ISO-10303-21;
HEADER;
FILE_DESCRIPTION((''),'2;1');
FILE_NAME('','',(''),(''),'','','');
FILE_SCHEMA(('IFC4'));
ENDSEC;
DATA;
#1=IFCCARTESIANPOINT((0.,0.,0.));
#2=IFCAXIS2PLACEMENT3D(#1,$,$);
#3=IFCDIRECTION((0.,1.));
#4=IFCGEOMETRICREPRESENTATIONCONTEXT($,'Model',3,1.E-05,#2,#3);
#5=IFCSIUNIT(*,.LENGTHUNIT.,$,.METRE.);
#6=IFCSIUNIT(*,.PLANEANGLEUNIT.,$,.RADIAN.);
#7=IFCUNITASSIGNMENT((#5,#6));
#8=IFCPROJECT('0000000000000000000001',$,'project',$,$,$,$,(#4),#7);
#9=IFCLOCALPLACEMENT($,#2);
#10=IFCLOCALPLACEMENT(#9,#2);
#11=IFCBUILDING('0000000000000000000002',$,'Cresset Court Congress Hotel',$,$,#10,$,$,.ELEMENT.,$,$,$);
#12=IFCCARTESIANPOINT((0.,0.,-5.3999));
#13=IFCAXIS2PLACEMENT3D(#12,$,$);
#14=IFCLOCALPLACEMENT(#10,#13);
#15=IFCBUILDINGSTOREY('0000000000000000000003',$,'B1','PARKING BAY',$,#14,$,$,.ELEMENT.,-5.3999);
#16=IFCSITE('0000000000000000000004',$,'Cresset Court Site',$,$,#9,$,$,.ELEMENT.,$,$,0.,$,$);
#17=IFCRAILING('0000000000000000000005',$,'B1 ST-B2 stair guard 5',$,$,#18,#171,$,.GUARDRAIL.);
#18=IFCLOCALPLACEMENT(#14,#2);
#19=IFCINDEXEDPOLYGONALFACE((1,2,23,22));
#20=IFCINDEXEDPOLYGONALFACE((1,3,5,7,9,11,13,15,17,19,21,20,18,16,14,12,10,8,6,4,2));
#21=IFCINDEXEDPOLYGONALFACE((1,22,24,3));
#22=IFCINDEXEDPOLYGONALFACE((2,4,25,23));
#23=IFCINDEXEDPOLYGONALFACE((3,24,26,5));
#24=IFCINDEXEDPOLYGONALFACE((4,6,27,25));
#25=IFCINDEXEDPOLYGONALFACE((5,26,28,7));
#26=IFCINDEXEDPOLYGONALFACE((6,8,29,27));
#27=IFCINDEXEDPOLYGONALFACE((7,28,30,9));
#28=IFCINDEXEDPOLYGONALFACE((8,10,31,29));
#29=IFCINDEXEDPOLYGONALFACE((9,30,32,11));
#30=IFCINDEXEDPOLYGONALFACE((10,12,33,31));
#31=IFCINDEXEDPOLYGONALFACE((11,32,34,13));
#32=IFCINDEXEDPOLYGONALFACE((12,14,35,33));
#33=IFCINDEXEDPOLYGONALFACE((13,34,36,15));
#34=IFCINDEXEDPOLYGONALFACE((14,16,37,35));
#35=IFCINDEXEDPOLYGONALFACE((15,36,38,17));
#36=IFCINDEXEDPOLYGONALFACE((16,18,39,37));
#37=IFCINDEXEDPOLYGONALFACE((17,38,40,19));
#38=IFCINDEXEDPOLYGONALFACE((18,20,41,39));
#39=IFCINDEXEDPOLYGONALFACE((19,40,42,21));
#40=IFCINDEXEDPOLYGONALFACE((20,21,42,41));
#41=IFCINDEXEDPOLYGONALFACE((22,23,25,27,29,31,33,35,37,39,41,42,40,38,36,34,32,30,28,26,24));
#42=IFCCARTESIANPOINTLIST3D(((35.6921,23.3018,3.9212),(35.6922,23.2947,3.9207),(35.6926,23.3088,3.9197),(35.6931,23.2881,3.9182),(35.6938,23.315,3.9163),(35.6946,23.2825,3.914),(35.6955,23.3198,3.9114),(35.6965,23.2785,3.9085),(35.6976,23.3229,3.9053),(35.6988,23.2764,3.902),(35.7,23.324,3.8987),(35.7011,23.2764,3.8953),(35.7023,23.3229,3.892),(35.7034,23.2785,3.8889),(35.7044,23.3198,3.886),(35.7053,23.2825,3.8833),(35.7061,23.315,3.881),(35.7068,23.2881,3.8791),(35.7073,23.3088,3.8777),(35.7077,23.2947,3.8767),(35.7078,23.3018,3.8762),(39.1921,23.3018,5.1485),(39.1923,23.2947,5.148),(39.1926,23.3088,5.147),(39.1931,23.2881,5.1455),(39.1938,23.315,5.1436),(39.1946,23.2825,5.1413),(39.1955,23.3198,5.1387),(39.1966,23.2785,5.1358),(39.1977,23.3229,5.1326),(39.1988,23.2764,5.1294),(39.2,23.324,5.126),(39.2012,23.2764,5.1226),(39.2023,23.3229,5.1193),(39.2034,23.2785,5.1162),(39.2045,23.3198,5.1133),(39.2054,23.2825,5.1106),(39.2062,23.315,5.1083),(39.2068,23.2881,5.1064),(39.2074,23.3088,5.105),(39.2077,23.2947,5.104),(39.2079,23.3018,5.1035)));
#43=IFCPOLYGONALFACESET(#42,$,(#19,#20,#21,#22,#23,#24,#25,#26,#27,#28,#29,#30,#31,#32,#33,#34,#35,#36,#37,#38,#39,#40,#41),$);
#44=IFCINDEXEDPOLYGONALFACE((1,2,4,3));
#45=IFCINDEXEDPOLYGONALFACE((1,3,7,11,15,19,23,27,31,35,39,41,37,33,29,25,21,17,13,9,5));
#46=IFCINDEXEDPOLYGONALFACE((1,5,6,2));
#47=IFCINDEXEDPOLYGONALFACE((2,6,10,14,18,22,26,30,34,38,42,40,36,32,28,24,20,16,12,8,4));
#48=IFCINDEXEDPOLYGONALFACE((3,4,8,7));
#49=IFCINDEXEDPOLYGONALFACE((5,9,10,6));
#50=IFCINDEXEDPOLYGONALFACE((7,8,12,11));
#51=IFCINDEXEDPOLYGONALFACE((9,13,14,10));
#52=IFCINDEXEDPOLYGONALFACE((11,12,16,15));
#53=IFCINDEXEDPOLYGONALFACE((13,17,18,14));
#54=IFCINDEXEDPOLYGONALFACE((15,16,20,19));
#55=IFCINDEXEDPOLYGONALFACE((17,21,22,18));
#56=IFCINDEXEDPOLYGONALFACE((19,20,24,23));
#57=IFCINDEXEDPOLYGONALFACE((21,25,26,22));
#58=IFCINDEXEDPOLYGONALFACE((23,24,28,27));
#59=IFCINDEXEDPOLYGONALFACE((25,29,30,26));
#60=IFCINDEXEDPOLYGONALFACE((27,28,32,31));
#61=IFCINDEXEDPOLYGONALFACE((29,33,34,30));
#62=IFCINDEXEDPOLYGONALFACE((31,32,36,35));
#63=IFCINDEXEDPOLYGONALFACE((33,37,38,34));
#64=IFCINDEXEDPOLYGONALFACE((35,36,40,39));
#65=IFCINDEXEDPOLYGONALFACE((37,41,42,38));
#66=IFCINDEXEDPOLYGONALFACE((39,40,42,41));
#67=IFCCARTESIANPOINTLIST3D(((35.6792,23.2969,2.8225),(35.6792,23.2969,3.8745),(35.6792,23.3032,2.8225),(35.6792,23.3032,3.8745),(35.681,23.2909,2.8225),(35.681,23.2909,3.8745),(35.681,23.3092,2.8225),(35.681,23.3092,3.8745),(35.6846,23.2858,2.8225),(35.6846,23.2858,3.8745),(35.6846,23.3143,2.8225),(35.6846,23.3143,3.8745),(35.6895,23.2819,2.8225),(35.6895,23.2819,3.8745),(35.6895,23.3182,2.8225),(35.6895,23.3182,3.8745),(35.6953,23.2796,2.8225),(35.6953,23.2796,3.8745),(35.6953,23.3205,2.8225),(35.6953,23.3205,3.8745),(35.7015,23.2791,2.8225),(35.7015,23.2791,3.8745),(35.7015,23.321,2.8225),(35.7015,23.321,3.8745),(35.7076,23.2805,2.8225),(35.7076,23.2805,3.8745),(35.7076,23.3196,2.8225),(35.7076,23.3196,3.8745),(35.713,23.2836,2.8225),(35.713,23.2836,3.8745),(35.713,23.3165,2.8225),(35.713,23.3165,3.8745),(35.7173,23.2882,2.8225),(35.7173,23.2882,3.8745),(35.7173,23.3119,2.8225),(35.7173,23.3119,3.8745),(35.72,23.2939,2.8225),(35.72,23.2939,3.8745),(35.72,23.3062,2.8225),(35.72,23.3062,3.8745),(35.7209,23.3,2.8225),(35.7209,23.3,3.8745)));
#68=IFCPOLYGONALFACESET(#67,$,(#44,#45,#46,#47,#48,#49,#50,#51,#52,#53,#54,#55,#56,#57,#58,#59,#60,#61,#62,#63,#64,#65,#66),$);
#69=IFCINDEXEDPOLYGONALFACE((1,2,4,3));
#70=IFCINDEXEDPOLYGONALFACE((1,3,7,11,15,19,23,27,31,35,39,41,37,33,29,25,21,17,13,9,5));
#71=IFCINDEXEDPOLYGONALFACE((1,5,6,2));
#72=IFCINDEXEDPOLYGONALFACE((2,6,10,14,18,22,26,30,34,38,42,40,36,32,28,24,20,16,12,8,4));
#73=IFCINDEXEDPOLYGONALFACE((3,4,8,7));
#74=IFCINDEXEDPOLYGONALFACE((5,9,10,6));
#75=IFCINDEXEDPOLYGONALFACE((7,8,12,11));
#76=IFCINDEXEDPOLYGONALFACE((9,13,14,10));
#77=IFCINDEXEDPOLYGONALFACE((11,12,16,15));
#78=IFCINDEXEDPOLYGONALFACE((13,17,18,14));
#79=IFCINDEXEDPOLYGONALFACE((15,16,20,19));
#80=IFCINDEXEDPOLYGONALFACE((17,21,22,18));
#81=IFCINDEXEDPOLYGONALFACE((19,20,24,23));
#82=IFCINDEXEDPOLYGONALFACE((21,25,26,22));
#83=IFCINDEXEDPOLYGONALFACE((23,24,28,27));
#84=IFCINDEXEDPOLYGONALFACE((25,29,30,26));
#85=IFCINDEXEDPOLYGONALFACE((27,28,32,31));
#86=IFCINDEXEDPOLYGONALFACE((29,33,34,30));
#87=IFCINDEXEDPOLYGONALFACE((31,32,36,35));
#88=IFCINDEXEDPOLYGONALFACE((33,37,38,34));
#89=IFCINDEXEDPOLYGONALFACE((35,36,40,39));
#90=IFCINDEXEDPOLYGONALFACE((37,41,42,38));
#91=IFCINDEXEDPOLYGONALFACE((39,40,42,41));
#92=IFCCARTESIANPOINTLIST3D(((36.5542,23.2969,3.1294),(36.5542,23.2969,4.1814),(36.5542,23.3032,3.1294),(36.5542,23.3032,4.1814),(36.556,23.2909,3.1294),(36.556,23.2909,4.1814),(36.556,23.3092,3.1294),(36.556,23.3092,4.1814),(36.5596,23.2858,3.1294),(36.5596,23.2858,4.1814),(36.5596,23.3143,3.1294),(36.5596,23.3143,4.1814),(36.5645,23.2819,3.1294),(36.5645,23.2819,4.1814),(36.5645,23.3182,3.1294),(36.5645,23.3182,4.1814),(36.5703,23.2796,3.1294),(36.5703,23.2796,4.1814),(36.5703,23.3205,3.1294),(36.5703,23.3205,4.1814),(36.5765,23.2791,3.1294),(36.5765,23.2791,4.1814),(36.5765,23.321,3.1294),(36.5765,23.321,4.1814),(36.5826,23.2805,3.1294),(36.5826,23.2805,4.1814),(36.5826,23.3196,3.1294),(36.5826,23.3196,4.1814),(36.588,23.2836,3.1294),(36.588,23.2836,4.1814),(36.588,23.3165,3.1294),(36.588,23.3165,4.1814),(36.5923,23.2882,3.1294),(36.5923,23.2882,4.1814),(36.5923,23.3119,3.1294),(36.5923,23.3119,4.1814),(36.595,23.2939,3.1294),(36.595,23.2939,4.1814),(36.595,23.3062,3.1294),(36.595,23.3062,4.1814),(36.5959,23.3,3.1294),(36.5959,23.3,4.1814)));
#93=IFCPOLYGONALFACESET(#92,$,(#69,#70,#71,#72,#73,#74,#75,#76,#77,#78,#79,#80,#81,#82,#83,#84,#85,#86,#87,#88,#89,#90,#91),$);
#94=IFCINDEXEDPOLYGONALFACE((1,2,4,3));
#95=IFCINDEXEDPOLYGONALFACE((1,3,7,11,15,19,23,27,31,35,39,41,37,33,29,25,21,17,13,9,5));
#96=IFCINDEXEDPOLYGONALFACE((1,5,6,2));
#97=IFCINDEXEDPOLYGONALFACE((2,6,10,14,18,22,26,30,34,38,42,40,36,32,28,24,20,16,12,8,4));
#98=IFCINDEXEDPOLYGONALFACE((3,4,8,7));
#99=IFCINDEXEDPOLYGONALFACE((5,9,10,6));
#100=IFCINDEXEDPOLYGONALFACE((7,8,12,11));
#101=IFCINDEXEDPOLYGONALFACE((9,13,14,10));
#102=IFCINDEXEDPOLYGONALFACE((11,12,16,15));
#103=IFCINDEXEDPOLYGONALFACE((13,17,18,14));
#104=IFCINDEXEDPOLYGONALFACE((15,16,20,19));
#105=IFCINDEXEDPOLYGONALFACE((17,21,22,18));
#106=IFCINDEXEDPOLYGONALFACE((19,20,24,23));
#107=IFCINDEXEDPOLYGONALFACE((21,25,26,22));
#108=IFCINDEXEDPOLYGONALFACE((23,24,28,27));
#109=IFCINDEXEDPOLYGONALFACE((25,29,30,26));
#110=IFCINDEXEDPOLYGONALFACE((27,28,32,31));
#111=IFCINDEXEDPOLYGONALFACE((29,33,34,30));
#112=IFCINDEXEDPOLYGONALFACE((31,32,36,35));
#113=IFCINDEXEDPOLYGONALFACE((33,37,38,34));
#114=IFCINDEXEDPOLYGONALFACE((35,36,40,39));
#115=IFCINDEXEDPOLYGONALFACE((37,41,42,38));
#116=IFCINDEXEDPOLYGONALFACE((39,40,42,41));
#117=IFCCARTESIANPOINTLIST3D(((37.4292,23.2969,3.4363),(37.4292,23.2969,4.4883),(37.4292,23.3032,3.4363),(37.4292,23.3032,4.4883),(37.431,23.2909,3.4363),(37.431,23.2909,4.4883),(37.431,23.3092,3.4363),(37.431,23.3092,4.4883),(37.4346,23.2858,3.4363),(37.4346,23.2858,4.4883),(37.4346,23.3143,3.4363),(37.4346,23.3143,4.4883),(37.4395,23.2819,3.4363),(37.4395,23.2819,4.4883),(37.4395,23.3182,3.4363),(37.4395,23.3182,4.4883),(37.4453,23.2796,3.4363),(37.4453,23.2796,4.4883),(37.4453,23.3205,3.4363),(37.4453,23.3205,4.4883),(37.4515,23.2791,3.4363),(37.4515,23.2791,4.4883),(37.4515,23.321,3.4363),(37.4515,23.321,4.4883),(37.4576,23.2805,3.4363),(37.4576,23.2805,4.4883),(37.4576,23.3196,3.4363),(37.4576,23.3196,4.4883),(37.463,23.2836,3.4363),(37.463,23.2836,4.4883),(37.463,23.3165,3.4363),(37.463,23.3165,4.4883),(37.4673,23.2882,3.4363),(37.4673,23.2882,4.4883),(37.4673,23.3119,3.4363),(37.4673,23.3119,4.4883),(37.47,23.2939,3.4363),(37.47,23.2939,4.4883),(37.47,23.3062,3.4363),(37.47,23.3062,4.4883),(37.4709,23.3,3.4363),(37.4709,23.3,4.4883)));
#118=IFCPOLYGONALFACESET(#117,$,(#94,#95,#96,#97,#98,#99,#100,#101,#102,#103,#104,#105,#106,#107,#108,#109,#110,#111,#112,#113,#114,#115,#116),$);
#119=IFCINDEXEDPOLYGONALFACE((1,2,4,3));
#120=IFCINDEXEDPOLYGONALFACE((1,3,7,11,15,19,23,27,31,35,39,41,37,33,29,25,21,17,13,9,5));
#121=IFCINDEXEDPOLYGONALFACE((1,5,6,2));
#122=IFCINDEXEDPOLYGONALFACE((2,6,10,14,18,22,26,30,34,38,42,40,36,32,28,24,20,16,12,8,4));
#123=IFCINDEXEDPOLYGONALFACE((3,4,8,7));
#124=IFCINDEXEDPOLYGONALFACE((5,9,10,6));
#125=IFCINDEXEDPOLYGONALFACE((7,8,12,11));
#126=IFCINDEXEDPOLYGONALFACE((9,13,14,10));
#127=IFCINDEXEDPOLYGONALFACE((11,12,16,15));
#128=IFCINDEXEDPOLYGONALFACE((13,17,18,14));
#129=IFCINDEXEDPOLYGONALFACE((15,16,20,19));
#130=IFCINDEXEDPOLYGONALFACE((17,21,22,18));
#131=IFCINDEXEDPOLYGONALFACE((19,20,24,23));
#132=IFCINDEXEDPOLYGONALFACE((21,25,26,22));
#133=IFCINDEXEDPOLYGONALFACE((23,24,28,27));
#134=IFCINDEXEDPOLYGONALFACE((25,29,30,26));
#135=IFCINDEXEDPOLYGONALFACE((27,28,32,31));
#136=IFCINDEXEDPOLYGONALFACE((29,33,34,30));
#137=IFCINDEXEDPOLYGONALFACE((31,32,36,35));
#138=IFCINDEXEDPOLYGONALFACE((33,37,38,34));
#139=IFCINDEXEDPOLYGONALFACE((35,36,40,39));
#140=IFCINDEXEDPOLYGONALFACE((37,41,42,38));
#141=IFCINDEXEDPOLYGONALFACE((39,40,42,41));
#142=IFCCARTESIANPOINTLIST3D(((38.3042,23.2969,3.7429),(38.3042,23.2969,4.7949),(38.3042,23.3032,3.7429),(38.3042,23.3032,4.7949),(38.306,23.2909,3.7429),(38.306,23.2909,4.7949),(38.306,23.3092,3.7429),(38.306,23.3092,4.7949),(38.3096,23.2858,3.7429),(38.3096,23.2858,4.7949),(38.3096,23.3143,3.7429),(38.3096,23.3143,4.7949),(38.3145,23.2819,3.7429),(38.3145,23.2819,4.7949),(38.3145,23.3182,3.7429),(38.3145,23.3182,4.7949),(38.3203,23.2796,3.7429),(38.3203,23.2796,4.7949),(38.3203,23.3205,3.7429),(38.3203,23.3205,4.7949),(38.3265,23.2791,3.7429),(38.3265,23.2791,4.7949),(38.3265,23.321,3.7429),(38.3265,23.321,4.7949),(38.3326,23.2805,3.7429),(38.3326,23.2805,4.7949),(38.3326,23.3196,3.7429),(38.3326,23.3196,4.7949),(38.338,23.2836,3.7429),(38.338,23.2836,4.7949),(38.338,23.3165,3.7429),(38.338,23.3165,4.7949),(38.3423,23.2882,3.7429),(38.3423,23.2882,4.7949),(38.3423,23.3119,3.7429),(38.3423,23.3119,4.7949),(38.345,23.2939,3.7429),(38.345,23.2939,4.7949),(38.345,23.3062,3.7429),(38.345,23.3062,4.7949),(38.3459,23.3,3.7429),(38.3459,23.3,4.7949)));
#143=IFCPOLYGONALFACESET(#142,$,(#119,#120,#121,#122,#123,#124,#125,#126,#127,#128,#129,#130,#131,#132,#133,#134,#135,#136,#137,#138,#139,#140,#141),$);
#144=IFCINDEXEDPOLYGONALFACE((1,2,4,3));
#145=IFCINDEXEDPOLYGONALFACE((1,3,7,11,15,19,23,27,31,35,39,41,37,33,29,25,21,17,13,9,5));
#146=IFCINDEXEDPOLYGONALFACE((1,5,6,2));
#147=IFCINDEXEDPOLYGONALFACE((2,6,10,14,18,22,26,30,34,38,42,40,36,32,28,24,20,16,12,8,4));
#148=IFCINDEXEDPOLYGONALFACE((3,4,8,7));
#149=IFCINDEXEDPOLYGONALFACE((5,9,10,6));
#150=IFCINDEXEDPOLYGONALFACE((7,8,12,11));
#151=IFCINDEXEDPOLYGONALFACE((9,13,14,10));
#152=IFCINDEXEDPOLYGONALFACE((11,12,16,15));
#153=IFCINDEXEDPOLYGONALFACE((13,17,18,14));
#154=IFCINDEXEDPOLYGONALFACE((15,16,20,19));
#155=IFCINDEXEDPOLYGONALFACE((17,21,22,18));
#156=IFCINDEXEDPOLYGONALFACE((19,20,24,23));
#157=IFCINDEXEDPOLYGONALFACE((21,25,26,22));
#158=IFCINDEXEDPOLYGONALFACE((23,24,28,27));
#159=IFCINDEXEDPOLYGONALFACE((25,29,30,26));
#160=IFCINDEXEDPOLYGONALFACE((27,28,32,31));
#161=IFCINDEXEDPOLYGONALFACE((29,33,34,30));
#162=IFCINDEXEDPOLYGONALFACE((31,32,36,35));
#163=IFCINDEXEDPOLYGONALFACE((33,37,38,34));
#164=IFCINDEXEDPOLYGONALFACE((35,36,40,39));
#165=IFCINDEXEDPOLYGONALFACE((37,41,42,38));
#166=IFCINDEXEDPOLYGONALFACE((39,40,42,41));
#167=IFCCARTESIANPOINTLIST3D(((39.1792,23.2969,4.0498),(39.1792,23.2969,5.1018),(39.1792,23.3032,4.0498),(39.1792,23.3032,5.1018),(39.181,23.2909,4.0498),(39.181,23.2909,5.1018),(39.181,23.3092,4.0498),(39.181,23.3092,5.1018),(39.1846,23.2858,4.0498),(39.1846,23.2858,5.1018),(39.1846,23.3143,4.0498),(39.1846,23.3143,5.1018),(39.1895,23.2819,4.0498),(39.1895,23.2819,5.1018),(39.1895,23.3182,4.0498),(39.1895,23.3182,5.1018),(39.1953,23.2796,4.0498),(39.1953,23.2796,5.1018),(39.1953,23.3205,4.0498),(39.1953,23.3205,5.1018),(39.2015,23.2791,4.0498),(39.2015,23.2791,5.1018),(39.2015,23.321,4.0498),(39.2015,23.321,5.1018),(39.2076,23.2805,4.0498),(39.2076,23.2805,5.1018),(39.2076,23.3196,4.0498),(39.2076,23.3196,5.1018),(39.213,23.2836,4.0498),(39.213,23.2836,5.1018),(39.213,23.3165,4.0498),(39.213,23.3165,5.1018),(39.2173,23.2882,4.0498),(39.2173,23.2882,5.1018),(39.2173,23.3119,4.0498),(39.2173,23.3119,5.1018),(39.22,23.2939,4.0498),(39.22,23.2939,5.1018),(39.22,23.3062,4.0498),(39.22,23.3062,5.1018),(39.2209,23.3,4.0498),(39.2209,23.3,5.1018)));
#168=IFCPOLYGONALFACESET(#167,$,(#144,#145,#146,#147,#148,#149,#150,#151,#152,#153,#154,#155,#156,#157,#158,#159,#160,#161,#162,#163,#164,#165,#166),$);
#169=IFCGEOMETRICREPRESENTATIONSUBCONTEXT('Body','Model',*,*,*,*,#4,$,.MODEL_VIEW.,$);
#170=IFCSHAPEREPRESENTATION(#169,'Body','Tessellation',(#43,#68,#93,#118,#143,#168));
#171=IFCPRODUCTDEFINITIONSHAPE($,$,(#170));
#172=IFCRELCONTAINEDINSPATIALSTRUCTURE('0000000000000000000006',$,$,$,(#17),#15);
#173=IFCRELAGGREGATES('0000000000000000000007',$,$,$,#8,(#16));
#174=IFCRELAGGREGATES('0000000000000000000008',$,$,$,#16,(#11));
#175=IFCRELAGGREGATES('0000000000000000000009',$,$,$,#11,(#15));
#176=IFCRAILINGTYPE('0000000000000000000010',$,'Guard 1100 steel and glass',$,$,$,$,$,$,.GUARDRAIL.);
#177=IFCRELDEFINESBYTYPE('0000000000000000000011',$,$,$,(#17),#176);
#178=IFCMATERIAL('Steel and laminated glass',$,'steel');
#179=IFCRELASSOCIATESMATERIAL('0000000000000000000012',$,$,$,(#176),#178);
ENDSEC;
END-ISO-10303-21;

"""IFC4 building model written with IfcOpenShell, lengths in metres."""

from ifc_helpers import new_model, si_unit, direction, frame, origin, origin_2d, place, context, subcontext, project, spatial, circle, extrude, material, type_object, element, save


model = new_model("IFC4")

# Units and contexts
model_context = context("Model", 3, precision=1e-05, world=origin(), true_north=direction((0.0, 1.0)))
body_context = subcontext(model_context, "Body", "Model", "MODEL_VIEW")
ifc_project = project(units=[si_unit("LENGTHUNIT", "METRE"), si_unit("PLANEANGLEUNIT", "RADIAN")], contexts=[model_context])

# Site, building, storey
site_placement = place(None, origin())
site = spatial("IfcSite", under=ifc_project, at=site_placement, Name="Cresset Court Site", CompositionType="ELEMENT", RefElevation=0.0)
building_placement = place(site_placement, origin())
building = spatial("IfcBuilding", under=site, at=building_placement, Name="Cresset Court Congress Hotel", CompositionType="ELEMENT")
storey_placement = place(building_placement, frame((0.0, 0.0, -5.3999)))
storey = spatial("IfcBuildingStorey", under=building, at=storey_placement, Name="B1", Description="PARKING BAY", CompositionType="ELEMENT", Elevation=-5.3999)

# Railing
ifc_material_1 = material(Name="Steel and laminated glass", Category="steel")
railing_type_1 = type_object("IfcRailingType", Name="Guard 1100 steel and glass", PredefinedType="GUARDRAIL", material=ifc_material_1)
railing_1_placement = place(storey_placement, frame((35.7, 23.3, 2.8225)))
element("IfcRailing", 1, at=railing_1_placement, inside=storey, type_object=railing_type_1, Name="B1 ST-B2 stair guard 5", PredefinedType="GUARDRAIL", context=body_context, shape_type="SweptSolid", body=[
    extrude(circle(Radius=0.0239, at=origin_2d()), frame((0.0, 0.0, 1.0762), z_axis=(0.943665, 0.0, 0.330902), x_axis=(0.0, 1.0, 0.0)), (0.0, 0.0, 1.0), 3.709),
    extrude(circle(Radius=0.021, at=origin_2d()), origin(), (0.0, 0.0, 1.0), 1.052),
    extrude(circle(Radius=0.021, at=origin_2d()), frame((0.875, 0.0, 0.3069)), (0.0, 0.0, 1.0), 1.052),
    extrude(circle(Radius=0.021, at=origin_2d()), frame((1.75, 0.0, 0.6138)), (0.0, 0.0, 1.0), 1.052),
    extrude(circle(Radius=0.021, at=origin_2d()), frame((2.625, 0.0, 0.9204)), (0.0, 0.0, 1.0), 1.052),
    extrude(circle(Radius=0.021, at=origin_2d()), frame((3.5, 0.0, 1.2273)), (0.0, 0.0, 1.0), 1.052),
])

save(model, "model.ifc")
